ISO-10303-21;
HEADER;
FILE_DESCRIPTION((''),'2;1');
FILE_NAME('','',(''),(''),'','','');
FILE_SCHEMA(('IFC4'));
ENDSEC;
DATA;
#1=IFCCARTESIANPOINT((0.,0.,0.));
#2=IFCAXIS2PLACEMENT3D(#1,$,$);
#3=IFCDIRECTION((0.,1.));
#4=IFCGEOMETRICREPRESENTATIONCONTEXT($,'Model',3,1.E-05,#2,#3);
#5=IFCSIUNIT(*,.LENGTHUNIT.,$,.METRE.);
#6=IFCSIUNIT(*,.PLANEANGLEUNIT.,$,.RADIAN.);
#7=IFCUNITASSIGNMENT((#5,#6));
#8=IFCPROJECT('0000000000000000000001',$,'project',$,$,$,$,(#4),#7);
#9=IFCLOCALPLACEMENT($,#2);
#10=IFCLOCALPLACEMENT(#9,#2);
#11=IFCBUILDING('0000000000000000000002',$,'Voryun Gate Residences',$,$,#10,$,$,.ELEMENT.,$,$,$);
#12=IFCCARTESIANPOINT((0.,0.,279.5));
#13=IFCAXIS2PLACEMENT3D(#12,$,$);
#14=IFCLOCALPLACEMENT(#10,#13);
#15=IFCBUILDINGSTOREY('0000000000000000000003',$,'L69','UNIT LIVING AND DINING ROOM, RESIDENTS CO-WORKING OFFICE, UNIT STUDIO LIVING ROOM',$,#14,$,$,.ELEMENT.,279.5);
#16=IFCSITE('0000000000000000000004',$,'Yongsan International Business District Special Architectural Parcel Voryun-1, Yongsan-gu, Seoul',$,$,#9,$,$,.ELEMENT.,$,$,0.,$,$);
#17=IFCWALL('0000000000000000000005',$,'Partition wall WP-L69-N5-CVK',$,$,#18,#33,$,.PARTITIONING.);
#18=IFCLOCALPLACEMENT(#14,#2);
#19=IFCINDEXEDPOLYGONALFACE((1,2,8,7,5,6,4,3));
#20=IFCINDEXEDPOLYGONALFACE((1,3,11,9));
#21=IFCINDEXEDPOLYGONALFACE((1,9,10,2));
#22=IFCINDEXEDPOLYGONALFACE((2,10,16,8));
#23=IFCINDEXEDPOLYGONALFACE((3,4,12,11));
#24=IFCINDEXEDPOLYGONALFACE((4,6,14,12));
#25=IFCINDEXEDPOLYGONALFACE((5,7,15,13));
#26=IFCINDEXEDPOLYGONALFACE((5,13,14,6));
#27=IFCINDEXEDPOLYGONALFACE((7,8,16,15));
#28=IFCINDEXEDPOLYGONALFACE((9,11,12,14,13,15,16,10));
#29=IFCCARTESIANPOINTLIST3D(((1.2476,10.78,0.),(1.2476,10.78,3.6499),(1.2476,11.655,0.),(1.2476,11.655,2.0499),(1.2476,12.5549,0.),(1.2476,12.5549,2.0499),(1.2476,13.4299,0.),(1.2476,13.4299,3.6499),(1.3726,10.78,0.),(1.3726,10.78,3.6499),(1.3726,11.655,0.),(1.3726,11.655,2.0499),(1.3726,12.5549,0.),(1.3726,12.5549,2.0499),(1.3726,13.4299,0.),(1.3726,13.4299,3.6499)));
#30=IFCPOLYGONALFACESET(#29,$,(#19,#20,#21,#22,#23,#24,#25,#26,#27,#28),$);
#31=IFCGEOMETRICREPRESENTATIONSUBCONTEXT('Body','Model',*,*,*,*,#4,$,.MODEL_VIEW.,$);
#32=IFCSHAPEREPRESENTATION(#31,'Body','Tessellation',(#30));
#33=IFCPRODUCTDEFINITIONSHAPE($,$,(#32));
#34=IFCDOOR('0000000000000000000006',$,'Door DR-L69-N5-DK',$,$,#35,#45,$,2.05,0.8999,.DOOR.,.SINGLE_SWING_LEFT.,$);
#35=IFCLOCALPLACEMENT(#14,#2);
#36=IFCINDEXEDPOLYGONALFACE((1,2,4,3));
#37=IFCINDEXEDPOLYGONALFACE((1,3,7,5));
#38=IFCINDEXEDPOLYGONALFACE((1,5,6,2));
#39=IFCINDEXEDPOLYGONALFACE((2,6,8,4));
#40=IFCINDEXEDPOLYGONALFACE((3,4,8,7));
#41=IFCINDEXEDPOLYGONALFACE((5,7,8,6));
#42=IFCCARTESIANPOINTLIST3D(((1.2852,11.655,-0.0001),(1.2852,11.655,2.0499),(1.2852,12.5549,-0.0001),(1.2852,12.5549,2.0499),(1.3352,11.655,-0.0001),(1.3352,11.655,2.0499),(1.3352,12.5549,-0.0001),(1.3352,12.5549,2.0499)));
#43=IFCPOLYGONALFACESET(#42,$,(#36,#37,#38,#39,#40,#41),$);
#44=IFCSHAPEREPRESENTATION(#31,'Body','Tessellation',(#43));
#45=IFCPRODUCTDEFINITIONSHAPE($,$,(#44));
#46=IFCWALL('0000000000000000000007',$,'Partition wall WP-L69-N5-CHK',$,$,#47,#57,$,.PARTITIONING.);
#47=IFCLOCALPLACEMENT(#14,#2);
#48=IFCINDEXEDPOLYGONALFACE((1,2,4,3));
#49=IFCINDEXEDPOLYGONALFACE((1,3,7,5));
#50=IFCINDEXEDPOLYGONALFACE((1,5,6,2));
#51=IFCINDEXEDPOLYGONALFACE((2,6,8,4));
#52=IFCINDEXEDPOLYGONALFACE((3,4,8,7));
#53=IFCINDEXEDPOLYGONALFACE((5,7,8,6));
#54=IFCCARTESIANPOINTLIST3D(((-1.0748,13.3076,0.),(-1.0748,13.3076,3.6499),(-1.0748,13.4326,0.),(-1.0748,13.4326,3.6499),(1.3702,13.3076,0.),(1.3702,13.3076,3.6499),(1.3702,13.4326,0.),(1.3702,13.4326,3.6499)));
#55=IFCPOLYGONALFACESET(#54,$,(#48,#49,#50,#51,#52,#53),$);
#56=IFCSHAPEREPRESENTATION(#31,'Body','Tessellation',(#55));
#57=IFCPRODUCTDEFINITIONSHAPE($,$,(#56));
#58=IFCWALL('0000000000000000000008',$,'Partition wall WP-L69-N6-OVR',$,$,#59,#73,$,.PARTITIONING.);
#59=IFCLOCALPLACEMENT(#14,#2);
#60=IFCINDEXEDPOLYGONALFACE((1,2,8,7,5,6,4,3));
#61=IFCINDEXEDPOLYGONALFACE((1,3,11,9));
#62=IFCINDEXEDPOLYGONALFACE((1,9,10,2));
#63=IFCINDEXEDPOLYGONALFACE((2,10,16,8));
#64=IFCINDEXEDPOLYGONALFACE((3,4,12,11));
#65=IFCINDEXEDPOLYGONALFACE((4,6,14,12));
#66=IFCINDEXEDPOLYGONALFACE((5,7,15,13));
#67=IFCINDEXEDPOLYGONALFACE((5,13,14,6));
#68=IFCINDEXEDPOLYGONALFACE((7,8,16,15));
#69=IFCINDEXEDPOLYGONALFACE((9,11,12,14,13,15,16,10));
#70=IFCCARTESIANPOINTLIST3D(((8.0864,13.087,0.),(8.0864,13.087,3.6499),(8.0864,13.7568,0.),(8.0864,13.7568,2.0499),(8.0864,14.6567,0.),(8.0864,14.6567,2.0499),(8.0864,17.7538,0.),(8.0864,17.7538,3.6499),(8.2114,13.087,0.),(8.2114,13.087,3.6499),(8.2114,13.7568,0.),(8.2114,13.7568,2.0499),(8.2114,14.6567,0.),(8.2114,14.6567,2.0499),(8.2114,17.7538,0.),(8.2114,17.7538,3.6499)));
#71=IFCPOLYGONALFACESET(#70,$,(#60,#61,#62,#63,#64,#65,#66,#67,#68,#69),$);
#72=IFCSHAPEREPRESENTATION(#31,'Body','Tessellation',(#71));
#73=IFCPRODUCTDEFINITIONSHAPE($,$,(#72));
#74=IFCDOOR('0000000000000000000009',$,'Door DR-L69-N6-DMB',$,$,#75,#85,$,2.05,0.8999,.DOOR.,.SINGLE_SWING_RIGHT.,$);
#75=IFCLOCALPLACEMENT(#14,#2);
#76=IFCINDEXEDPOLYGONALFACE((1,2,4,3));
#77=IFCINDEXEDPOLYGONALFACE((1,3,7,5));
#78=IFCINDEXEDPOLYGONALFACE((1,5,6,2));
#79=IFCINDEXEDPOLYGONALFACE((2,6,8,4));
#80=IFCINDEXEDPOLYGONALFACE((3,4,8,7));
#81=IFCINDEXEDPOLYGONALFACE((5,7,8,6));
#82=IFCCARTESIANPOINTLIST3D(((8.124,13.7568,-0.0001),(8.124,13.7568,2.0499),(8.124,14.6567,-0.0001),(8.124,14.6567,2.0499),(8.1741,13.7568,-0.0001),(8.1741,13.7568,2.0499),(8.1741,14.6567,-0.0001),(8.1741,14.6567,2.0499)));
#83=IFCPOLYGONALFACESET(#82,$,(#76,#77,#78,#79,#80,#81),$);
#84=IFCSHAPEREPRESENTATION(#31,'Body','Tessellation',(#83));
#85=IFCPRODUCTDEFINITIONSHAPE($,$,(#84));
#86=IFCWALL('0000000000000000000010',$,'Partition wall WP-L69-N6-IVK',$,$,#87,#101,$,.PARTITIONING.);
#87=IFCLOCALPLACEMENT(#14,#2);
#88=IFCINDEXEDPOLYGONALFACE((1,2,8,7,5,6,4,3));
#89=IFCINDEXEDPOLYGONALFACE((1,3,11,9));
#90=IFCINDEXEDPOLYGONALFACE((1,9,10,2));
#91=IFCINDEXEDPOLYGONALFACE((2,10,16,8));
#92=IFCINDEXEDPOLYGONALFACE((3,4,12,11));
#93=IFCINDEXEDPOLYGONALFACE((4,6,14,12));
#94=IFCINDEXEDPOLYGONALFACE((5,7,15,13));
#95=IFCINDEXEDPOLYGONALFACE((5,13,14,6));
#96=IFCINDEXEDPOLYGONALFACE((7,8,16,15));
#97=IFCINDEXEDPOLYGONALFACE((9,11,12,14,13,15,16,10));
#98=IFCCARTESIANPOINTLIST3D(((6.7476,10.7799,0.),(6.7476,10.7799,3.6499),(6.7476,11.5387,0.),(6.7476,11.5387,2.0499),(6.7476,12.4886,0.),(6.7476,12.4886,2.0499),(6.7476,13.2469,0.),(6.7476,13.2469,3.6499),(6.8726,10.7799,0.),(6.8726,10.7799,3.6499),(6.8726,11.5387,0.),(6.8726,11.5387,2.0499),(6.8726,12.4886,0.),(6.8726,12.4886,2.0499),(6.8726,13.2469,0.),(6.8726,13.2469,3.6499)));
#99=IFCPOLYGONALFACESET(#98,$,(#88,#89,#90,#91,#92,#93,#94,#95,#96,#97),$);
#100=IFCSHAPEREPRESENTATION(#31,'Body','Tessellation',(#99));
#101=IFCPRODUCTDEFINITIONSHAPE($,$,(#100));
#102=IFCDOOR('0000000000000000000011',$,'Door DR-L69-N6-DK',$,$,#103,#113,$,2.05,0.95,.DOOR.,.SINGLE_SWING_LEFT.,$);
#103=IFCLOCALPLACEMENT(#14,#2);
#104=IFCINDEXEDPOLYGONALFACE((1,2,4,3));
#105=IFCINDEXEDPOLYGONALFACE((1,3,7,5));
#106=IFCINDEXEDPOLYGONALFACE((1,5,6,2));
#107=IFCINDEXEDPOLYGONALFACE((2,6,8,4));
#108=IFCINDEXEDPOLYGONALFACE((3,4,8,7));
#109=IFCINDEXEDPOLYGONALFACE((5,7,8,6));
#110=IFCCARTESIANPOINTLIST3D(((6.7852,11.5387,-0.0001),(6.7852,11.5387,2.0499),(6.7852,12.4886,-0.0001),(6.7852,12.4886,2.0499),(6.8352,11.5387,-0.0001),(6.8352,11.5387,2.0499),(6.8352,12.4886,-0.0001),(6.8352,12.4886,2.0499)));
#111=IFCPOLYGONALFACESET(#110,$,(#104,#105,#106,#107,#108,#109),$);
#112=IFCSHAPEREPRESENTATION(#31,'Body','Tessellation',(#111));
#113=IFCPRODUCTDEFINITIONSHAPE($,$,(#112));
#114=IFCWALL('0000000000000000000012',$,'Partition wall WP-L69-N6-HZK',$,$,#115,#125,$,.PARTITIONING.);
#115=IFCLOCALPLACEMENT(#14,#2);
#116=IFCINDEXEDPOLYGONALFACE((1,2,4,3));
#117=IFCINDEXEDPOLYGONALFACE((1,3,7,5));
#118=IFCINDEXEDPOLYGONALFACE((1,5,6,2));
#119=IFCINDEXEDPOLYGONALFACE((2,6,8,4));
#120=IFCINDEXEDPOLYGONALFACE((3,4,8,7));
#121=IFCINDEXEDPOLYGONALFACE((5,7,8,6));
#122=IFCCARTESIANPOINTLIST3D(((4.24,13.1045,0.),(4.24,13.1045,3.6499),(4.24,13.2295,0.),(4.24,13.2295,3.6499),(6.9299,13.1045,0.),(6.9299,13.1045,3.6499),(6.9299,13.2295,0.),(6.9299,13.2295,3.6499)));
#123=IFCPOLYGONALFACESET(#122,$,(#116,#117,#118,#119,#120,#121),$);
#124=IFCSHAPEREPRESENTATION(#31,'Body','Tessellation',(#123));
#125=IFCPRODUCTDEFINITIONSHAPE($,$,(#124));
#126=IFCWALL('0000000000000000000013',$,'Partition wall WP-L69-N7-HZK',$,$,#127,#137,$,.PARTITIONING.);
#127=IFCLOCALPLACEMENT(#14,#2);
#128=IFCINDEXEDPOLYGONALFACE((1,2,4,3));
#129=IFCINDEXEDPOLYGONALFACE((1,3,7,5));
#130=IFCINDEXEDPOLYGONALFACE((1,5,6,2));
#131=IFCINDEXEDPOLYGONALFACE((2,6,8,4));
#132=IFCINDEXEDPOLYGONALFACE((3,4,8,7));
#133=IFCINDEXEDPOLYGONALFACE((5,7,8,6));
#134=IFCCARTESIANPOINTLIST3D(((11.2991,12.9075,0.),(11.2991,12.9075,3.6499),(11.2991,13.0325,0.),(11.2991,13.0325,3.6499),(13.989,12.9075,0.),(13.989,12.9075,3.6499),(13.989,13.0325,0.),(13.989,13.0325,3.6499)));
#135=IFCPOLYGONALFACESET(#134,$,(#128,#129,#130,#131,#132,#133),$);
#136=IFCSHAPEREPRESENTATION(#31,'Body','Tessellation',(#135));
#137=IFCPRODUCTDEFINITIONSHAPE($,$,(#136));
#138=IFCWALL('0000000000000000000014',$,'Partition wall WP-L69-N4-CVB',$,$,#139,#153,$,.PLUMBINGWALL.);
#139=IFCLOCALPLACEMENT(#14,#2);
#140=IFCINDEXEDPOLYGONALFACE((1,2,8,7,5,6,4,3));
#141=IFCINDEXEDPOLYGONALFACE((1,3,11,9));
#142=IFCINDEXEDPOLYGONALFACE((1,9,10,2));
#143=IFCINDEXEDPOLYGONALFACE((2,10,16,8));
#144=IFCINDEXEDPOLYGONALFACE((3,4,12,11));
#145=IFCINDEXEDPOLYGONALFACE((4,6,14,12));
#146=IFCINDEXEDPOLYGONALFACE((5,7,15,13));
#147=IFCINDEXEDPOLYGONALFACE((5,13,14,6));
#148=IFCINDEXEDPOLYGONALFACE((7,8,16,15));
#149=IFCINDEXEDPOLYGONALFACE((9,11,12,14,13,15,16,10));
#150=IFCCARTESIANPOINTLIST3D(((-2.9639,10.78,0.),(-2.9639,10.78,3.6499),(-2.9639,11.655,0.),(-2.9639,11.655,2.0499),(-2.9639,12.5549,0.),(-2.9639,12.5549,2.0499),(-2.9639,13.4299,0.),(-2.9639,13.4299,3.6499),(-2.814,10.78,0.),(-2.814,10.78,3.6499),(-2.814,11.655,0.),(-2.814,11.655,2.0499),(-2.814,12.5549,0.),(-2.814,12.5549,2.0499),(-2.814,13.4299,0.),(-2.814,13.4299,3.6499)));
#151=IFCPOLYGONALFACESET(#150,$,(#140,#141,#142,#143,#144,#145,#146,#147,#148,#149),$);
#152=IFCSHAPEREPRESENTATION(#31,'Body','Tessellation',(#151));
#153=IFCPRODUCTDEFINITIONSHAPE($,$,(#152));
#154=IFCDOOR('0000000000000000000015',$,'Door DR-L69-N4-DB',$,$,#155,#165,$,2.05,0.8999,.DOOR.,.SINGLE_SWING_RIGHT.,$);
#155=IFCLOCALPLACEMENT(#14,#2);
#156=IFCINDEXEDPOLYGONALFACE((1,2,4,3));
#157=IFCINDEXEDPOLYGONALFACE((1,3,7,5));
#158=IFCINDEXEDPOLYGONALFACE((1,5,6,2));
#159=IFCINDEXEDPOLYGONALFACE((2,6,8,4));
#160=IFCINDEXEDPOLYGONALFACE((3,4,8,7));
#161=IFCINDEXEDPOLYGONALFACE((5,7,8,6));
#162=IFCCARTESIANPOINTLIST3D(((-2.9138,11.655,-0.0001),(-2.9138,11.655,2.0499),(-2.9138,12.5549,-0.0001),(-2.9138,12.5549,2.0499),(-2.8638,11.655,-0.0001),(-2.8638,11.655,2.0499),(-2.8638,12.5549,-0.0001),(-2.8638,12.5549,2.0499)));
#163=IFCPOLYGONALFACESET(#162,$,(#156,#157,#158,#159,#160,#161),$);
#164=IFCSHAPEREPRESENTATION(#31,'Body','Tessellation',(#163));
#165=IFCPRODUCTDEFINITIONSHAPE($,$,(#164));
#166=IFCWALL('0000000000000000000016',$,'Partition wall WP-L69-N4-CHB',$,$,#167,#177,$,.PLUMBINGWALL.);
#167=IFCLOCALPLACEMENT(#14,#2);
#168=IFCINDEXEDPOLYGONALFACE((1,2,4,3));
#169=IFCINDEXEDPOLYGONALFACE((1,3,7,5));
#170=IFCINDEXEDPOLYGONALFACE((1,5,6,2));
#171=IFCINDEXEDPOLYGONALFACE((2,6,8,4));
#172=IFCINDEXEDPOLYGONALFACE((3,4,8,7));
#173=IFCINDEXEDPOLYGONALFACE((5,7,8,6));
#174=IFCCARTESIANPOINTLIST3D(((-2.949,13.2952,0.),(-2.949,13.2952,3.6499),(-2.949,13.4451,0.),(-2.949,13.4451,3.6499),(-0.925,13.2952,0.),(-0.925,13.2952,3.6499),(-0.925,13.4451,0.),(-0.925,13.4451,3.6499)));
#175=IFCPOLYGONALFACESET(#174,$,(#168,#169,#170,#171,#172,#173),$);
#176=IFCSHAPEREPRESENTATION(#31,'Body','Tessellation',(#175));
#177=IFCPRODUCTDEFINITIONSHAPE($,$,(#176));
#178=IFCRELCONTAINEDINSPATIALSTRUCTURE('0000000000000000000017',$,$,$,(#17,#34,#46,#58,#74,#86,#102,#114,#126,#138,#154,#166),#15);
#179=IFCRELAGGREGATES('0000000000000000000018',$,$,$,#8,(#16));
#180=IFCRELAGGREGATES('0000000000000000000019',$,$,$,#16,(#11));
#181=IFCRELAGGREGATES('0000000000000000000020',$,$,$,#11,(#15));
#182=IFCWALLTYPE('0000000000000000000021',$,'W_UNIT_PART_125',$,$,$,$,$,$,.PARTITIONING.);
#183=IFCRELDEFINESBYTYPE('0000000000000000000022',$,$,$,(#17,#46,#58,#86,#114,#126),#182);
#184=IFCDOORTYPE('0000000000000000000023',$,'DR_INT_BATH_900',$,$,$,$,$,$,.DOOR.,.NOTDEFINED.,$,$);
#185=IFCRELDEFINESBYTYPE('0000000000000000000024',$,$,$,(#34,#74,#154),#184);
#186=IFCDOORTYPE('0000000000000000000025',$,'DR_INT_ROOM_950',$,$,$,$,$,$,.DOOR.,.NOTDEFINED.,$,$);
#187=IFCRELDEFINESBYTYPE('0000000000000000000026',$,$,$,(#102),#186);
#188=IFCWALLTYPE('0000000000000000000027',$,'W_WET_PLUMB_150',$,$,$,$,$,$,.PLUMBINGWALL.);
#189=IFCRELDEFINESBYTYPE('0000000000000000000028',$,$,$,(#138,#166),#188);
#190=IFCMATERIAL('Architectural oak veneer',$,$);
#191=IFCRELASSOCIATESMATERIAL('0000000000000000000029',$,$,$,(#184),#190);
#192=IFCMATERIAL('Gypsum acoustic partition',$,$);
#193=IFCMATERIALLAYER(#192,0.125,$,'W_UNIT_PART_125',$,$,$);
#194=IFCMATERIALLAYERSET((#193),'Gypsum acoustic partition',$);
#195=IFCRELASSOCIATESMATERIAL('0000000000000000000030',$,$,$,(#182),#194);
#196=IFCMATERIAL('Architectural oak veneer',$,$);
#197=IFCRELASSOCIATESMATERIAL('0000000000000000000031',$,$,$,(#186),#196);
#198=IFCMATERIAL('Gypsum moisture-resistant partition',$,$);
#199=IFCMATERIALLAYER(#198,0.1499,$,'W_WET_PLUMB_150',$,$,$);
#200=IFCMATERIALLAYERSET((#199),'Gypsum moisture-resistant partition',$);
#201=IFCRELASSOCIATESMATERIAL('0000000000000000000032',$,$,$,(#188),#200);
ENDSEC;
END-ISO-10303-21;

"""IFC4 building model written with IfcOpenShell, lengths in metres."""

from ifc_helpers import new_model, si_unit, direction, frame, frame_2d, origin, place, context, subcontext, project, spatial, rectangle, extrude, material, layer, layer_set, type_object, element, fill, save


model = new_model("IFC4")

# Units and contexts
model_context = context("Model", 3, precision=1e-05, world=origin(), true_north=direction((0.0, 1.0)))
body_context = subcontext(model_context, "Body", "Model", "MODEL_VIEW")
ifc_project = project(units=[si_unit("LENGTHUNIT", "METRE"), si_unit("PLANEANGLEUNIT", "RADIAN")], contexts=[model_context])

# Site, building, storey
site_placement = place(None, origin())
site = spatial("IfcSite", under=ifc_project, at=site_placement, Name="Yongsan International Business District Special Architectural Parcel Voryun-1, Yongsan-gu, Seoul", CompositionType="ELEMENT", RefElevation=0.0)
building_placement = place(site_placement, origin())
building = spatial("IfcBuilding", under=site, at=building_placement, Name="Voryun Gate Residences", CompositionType="ELEMENT")
storey_placement = place(building_placement, frame((0.0, 0.0, 279.5)))
storey = spatial("IfcBuildingStorey", under=building, at=storey_placement, Name="L69", Description="UNIT LIVING AND DINING ROOM, RESIDENTS CO-WORKING OFFICE, UNIT STUDIO LIVING ROOM", CompositionType="ELEMENT", Elevation=279.5)

# Shared definitions
ifc_material_1 = material(Name="Architectural oak veneer")
door_type_1 = type_object("IfcDoorType", Name="DR_INT_BATH_900", OperationType="NOTDEFINED", PredefinedType="DOOR", material=ifc_material_1)

# Wall, opening, door
ifc_material_2 = material(Name="Gypsum acoustic partition")
ifc_layer_1 = layer(ifc_material_2, 0.125, Name="W_UNIT_PART_125")
ifc_layer_set_1 = layer_set([ifc_layer_1], Name="Gypsum acoustic partition")
wall_type_1 = type_object("IfcWallType", Name="W_UNIT_PART_125", PredefinedType="PARTITIONING", material=ifc_layer_set_1)
wall_1_placement = place(storey_placement, frame((1.3101, 10.78, 0.0), z_axis=(0.0, 0.0, 1.0), x_axis=(0.0, 1.0, 0.0)))
wall_1 = element("IfcWall", 1, at=wall_1_placement, inside=storey, type_object=wall_type_1, Name="Partition wall WP-L69-N5-CVK", PredefinedType="PARTITIONING", context=body_context, shape_type="SweptSolid", body=[
    extrude(rectangle(XDim=2.6499, YDim=0.125, at=frame_2d((1.325, 0.0))), origin(), (0.0, 0.0, 1.0), 3.6499),
])
opening_1_placement = place(wall_1_placement, frame((0.875, 0.0, 0.0)))
opening_1 = element("IfcOpeningElement", 2, at=opening_1_placement, cuts=wall_1, PredefinedType="OPENING", context=body_context, shape_type="SweptSolid", body=[
    extrude(rectangle(XDim=0.8999, YDim=2.05, at=frame_2d((0.45, 1.0249))), frame((0.0, 0.0725, 0.0), z_axis=(0.0, -1.0, 0.0), x_axis=(1.0, 0.0, 0.0)), (0.0, 0.0, 1.0), 0.145),
])
door_1_placement = place(opening_1_placement, origin())
door_1 = element("IfcDoor", 3, at=door_1_placement, inside=storey, type_object=door_type_1, Name="Door DR-L69-N5-DK", OperationType="SINGLE_SWING_LEFT", OverallHeight=2.05, OverallWidth=0.8999, PredefinedType="DOOR", context=body_context, shape_type="SweptSolid", body=[
    extrude(rectangle(XDim=0.8999, YDim=2.05, at=frame_2d((0.45, 1.0249))), frame((0.0, 0.0249, 0.0), z_axis=(0.0, -1.0, 0.0), x_axis=(1.0, 0.0, 0.0)), (0.0, 0.0, 1.0), 0.05),
])
fill(opening_1, door_1)

# Wall
wall_2_placement = place(storey_placement, frame((-1.075, 13.3701, 0.0), z_axis=(0.0, 0.0, 1.0), x_axis=(1.0, 0.0, 0.0)))
element("IfcWall", 4, at=wall_2_placement, inside=storey, type_object=wall_type_1, Name="Partition wall WP-L69-N5-CHK", PredefinedType="PARTITIONING", context=body_context, shape_type="SweptSolid", body=[
    extrude(rectangle(XDim=2.4451, YDim=0.125, at=frame_2d((1.2227, 0.0))), origin(), (0.0, 0.0, 1.0), 3.6499),
])

# Walls, openings, doors
wall_3_placement = place(storey_placement, frame((8.1489, 13.0869, 0.0), z_axis=(0.0, 0.0, 1.0), x_axis=(0.0, 1.0, 0.0)))
wall_3 = element("IfcWall", 5, at=wall_3_placement, inside=storey, type_object=wall_type_1, Name="Partition wall WP-L69-N6-OVR", PredefinedType="PARTITIONING", context=body_context, shape_type="SweptSolid", body=[
    extrude(rectangle(XDim=4.6667, YDim=0.125, at=frame_2d((2.3335, 0.0))), origin(), (0.0, 0.0, 1.0), 3.6499),
])
opening_2_placement = place(wall_3_placement, frame((0.6699, 0.0, 0.0)))
opening_2 = element("IfcOpeningElement", 6, at=opening_2_placement, cuts=wall_3, PredefinedType="OPENING", context=body_context, shape_type="SweptSolid", body=[
    extrude(rectangle(XDim=0.8999, YDim=2.05, at=frame_2d((0.45, 1.0249))), frame((0.0, 0.0725, 0.0), z_axis=(0.0, -1.0, 0.0), x_axis=(1.0, 0.0, 0.0)), (0.0, 0.0, 1.0), 0.145),
])
door_2_placement = place(opening_2_placement, origin())
door_2 = element("IfcDoor", 7, at=door_2_placement, inside=storey, type_object=door_type_1, Name="Door DR-L69-N6-DMB", OperationType="SINGLE_SWING_RIGHT", OverallHeight=2.05, OverallWidth=0.8999, PredefinedType="DOOR", context=body_context, shape_type="SweptSolid", body=[
    extrude(rectangle(XDim=0.8999, YDim=2.05, at=frame_2d((0.45, 1.0249))), frame((0.0, 0.0249, 0.0), z_axis=(0.0, -1.0, 0.0), x_axis=(1.0, 0.0, 0.0)), (0.0, 0.0, 1.0), 0.05),
])
fill(opening_2, door_2)
wall_4_placement = place(storey_placement, frame((6.8101, 10.78, 0.0), z_axis=(0.0, 0.0, 1.0), x_axis=(0.0, 1.0, 0.0)))
wall_4 = element("IfcWall", 8, at=wall_4_placement, inside=storey, type_object=wall_type_1, Name="Partition wall WP-L69-N6-IVK", PredefinedType="PARTITIONING", context=body_context, shape_type="SweptSolid", body=[
    extrude(rectangle(XDim=2.467, YDim=0.125, at=frame_2d((1.2334, 0.0))), origin(), (0.0, 0.0, 1.0), 3.6499),
])
opening_3_placement = place(wall_4_placement, frame((0.7585, 0.0, 0.0)))
opening_3 = element("IfcOpeningElement", 9, at=opening_3_placement, cuts=wall_4, PredefinedType="OPENING", context=body_context, shape_type="SweptSolid", body=[
    extrude(rectangle(XDim=0.95, YDim=2.05, at=frame_2d((0.4751, 1.0249))), frame((0.0, 0.0725, 0.0), z_axis=(0.0, -1.0, 0.0), x_axis=(1.0, 0.0, 0.0)), (0.0, 0.0, 1.0), 0.145),
])
ifc_material_3 = material(Name="Architectural oak veneer")
door_type_2 = type_object("IfcDoorType", Name="DR_INT_ROOM_950", OperationType="NOTDEFINED", PredefinedType="DOOR", material=ifc_material_3)
door_3_placement = place(opening_3_placement, origin())
door_3 = element("IfcDoor", 10, at=door_3_placement, inside=storey, type_object=door_type_2, Name="Door DR-L69-N6-DK", OperationType="SINGLE_SWING_LEFT", OverallHeight=2.05, OverallWidth=0.95, PredefinedType="DOOR", context=body_context, shape_type="SweptSolid", body=[
    extrude(rectangle(XDim=0.95, YDim=2.05, at=frame_2d((0.4751, 1.0249))), frame((0.0, 0.0249, 0.0), z_axis=(0.0, -1.0, 0.0), x_axis=(1.0, 0.0, 0.0)), (0.0, 0.0, 1.0), 0.05),
])
fill(opening_3, door_3)

# Walls
for number, where, z_axis, x_axis, name in (
    (11, (4.24, 13.167, 0.0), (0.0, 0.0, 1.0), (1.0, 0.0, 0.0), "Partition wall WP-L69-N6-HZK"),
    (12, (11.2991, 12.97, 0.0), (0.0, 0.0, 1.0), (1.0, 0.0, 0.0), "Partition wall WP-L69-N7-HZK"),
):
    element("IfcWall", number, at=place(storey_placement, frame(where, z_axis=z_axis, x_axis=x_axis)), inside=storey, type_object=wall_type_1, Name=name, PredefinedType="PARTITIONING", context=body_context, shape_type="SweptSolid", body=[
        extrude(rectangle(XDim=2.6899, YDim=0.125, at=frame_2d((1.345, 0.0))), origin(), (0.0, 0.0, 1.0), 3.6499),
    ])

# Wall, opening, door
ifc_material_4 = material(Name="Gypsum moisture-resistant partition")
ifc_layer_2 = layer(ifc_material_4, 0.1499, Name="W_WET_PLUMB_150")
ifc_layer_set_2 = layer_set([ifc_layer_2], Name="Gypsum moisture-resistant partition")
wall_type_2 = type_object("IfcWallType", Name="W_WET_PLUMB_150", PredefinedType="PLUMBINGWALL", material=ifc_layer_set_2)
wall_5_placement = place(storey_placement, frame((-2.8889, 10.78, 0.0), z_axis=(0.0, 0.0, 1.0), x_axis=(0.0, 1.0, 0.0)))
wall_5 = element("IfcWall", 13, at=wall_5_placement, inside=storey, type_object=wall_type_2, Name="Partition wall WP-L69-N4-CVB", PredefinedType="PLUMBINGWALL", context=body_context, shape_type="SweptSolid", body=[
    extrude(rectangle(XDim=2.6499, YDim=0.1499, at=frame_2d((1.325, 0.0))), origin(), (0.0, 0.0, 1.0), 3.6499),
])
opening_4_placement = place(wall_5_placement, frame((0.875, 0.0, 0.0)))
opening_4 = element("IfcOpeningElement", 14, at=opening_4_placement, cuts=wall_5, PredefinedType="OPENING", context=body_context, shape_type="SweptSolid", body=[
    extrude(rectangle(XDim=0.8999, YDim=2.05, at=frame_2d((0.45, 1.0249))), frame((0.0, 0.085, 0.0), z_axis=(0.0, -1.0, 0.0), x_axis=(1.0, 0.0, 0.0)), (0.0, 0.0, 1.0), 0.1699),
])
door_4_placement = place(opening_4_placement, origin())
door_4 = element("IfcDoor", 15, at=door_4_placement, inside=storey, type_object=door_type_1, Name="Door DR-L69-N4-DB", OperationType="SINGLE_SWING_RIGHT", OverallHeight=2.05, OverallWidth=0.8999, PredefinedType="DOOR", context=body_context, shape_type="SweptSolid", body=[
    extrude(rectangle(XDim=0.8999, YDim=2.05, at=frame_2d((0.45, 1.0249))), frame((0.0, 0.0249, 0.0), z_axis=(0.0, -1.0, 0.0), x_axis=(1.0, 0.0, 0.0)), (0.0, 0.0, 1.0), 0.05),
])
fill(opening_4, door_4)

# Wall
wall_6_placement = place(storey_placement, frame((-2.949, 13.3701, 0.0), z_axis=(0.0, 0.0, 1.0), x_axis=(1.0, 0.0, 0.0)))
element("IfcWall", 16, at=wall_6_placement, inside=storey, type_object=wall_type_2, Name="Partition wall WP-L69-N4-CHB", PredefinedType="PLUMBINGWALL", context=body_context, shape_type="SweptSolid", body=[
    extrude(rectangle(XDim=2.0239, YDim=0.1499, at=frame_2d((1.012, 0.0))), origin(), (0.0, 0.0, 1.0), 3.6499),
])

save(model, "model.ifc")
